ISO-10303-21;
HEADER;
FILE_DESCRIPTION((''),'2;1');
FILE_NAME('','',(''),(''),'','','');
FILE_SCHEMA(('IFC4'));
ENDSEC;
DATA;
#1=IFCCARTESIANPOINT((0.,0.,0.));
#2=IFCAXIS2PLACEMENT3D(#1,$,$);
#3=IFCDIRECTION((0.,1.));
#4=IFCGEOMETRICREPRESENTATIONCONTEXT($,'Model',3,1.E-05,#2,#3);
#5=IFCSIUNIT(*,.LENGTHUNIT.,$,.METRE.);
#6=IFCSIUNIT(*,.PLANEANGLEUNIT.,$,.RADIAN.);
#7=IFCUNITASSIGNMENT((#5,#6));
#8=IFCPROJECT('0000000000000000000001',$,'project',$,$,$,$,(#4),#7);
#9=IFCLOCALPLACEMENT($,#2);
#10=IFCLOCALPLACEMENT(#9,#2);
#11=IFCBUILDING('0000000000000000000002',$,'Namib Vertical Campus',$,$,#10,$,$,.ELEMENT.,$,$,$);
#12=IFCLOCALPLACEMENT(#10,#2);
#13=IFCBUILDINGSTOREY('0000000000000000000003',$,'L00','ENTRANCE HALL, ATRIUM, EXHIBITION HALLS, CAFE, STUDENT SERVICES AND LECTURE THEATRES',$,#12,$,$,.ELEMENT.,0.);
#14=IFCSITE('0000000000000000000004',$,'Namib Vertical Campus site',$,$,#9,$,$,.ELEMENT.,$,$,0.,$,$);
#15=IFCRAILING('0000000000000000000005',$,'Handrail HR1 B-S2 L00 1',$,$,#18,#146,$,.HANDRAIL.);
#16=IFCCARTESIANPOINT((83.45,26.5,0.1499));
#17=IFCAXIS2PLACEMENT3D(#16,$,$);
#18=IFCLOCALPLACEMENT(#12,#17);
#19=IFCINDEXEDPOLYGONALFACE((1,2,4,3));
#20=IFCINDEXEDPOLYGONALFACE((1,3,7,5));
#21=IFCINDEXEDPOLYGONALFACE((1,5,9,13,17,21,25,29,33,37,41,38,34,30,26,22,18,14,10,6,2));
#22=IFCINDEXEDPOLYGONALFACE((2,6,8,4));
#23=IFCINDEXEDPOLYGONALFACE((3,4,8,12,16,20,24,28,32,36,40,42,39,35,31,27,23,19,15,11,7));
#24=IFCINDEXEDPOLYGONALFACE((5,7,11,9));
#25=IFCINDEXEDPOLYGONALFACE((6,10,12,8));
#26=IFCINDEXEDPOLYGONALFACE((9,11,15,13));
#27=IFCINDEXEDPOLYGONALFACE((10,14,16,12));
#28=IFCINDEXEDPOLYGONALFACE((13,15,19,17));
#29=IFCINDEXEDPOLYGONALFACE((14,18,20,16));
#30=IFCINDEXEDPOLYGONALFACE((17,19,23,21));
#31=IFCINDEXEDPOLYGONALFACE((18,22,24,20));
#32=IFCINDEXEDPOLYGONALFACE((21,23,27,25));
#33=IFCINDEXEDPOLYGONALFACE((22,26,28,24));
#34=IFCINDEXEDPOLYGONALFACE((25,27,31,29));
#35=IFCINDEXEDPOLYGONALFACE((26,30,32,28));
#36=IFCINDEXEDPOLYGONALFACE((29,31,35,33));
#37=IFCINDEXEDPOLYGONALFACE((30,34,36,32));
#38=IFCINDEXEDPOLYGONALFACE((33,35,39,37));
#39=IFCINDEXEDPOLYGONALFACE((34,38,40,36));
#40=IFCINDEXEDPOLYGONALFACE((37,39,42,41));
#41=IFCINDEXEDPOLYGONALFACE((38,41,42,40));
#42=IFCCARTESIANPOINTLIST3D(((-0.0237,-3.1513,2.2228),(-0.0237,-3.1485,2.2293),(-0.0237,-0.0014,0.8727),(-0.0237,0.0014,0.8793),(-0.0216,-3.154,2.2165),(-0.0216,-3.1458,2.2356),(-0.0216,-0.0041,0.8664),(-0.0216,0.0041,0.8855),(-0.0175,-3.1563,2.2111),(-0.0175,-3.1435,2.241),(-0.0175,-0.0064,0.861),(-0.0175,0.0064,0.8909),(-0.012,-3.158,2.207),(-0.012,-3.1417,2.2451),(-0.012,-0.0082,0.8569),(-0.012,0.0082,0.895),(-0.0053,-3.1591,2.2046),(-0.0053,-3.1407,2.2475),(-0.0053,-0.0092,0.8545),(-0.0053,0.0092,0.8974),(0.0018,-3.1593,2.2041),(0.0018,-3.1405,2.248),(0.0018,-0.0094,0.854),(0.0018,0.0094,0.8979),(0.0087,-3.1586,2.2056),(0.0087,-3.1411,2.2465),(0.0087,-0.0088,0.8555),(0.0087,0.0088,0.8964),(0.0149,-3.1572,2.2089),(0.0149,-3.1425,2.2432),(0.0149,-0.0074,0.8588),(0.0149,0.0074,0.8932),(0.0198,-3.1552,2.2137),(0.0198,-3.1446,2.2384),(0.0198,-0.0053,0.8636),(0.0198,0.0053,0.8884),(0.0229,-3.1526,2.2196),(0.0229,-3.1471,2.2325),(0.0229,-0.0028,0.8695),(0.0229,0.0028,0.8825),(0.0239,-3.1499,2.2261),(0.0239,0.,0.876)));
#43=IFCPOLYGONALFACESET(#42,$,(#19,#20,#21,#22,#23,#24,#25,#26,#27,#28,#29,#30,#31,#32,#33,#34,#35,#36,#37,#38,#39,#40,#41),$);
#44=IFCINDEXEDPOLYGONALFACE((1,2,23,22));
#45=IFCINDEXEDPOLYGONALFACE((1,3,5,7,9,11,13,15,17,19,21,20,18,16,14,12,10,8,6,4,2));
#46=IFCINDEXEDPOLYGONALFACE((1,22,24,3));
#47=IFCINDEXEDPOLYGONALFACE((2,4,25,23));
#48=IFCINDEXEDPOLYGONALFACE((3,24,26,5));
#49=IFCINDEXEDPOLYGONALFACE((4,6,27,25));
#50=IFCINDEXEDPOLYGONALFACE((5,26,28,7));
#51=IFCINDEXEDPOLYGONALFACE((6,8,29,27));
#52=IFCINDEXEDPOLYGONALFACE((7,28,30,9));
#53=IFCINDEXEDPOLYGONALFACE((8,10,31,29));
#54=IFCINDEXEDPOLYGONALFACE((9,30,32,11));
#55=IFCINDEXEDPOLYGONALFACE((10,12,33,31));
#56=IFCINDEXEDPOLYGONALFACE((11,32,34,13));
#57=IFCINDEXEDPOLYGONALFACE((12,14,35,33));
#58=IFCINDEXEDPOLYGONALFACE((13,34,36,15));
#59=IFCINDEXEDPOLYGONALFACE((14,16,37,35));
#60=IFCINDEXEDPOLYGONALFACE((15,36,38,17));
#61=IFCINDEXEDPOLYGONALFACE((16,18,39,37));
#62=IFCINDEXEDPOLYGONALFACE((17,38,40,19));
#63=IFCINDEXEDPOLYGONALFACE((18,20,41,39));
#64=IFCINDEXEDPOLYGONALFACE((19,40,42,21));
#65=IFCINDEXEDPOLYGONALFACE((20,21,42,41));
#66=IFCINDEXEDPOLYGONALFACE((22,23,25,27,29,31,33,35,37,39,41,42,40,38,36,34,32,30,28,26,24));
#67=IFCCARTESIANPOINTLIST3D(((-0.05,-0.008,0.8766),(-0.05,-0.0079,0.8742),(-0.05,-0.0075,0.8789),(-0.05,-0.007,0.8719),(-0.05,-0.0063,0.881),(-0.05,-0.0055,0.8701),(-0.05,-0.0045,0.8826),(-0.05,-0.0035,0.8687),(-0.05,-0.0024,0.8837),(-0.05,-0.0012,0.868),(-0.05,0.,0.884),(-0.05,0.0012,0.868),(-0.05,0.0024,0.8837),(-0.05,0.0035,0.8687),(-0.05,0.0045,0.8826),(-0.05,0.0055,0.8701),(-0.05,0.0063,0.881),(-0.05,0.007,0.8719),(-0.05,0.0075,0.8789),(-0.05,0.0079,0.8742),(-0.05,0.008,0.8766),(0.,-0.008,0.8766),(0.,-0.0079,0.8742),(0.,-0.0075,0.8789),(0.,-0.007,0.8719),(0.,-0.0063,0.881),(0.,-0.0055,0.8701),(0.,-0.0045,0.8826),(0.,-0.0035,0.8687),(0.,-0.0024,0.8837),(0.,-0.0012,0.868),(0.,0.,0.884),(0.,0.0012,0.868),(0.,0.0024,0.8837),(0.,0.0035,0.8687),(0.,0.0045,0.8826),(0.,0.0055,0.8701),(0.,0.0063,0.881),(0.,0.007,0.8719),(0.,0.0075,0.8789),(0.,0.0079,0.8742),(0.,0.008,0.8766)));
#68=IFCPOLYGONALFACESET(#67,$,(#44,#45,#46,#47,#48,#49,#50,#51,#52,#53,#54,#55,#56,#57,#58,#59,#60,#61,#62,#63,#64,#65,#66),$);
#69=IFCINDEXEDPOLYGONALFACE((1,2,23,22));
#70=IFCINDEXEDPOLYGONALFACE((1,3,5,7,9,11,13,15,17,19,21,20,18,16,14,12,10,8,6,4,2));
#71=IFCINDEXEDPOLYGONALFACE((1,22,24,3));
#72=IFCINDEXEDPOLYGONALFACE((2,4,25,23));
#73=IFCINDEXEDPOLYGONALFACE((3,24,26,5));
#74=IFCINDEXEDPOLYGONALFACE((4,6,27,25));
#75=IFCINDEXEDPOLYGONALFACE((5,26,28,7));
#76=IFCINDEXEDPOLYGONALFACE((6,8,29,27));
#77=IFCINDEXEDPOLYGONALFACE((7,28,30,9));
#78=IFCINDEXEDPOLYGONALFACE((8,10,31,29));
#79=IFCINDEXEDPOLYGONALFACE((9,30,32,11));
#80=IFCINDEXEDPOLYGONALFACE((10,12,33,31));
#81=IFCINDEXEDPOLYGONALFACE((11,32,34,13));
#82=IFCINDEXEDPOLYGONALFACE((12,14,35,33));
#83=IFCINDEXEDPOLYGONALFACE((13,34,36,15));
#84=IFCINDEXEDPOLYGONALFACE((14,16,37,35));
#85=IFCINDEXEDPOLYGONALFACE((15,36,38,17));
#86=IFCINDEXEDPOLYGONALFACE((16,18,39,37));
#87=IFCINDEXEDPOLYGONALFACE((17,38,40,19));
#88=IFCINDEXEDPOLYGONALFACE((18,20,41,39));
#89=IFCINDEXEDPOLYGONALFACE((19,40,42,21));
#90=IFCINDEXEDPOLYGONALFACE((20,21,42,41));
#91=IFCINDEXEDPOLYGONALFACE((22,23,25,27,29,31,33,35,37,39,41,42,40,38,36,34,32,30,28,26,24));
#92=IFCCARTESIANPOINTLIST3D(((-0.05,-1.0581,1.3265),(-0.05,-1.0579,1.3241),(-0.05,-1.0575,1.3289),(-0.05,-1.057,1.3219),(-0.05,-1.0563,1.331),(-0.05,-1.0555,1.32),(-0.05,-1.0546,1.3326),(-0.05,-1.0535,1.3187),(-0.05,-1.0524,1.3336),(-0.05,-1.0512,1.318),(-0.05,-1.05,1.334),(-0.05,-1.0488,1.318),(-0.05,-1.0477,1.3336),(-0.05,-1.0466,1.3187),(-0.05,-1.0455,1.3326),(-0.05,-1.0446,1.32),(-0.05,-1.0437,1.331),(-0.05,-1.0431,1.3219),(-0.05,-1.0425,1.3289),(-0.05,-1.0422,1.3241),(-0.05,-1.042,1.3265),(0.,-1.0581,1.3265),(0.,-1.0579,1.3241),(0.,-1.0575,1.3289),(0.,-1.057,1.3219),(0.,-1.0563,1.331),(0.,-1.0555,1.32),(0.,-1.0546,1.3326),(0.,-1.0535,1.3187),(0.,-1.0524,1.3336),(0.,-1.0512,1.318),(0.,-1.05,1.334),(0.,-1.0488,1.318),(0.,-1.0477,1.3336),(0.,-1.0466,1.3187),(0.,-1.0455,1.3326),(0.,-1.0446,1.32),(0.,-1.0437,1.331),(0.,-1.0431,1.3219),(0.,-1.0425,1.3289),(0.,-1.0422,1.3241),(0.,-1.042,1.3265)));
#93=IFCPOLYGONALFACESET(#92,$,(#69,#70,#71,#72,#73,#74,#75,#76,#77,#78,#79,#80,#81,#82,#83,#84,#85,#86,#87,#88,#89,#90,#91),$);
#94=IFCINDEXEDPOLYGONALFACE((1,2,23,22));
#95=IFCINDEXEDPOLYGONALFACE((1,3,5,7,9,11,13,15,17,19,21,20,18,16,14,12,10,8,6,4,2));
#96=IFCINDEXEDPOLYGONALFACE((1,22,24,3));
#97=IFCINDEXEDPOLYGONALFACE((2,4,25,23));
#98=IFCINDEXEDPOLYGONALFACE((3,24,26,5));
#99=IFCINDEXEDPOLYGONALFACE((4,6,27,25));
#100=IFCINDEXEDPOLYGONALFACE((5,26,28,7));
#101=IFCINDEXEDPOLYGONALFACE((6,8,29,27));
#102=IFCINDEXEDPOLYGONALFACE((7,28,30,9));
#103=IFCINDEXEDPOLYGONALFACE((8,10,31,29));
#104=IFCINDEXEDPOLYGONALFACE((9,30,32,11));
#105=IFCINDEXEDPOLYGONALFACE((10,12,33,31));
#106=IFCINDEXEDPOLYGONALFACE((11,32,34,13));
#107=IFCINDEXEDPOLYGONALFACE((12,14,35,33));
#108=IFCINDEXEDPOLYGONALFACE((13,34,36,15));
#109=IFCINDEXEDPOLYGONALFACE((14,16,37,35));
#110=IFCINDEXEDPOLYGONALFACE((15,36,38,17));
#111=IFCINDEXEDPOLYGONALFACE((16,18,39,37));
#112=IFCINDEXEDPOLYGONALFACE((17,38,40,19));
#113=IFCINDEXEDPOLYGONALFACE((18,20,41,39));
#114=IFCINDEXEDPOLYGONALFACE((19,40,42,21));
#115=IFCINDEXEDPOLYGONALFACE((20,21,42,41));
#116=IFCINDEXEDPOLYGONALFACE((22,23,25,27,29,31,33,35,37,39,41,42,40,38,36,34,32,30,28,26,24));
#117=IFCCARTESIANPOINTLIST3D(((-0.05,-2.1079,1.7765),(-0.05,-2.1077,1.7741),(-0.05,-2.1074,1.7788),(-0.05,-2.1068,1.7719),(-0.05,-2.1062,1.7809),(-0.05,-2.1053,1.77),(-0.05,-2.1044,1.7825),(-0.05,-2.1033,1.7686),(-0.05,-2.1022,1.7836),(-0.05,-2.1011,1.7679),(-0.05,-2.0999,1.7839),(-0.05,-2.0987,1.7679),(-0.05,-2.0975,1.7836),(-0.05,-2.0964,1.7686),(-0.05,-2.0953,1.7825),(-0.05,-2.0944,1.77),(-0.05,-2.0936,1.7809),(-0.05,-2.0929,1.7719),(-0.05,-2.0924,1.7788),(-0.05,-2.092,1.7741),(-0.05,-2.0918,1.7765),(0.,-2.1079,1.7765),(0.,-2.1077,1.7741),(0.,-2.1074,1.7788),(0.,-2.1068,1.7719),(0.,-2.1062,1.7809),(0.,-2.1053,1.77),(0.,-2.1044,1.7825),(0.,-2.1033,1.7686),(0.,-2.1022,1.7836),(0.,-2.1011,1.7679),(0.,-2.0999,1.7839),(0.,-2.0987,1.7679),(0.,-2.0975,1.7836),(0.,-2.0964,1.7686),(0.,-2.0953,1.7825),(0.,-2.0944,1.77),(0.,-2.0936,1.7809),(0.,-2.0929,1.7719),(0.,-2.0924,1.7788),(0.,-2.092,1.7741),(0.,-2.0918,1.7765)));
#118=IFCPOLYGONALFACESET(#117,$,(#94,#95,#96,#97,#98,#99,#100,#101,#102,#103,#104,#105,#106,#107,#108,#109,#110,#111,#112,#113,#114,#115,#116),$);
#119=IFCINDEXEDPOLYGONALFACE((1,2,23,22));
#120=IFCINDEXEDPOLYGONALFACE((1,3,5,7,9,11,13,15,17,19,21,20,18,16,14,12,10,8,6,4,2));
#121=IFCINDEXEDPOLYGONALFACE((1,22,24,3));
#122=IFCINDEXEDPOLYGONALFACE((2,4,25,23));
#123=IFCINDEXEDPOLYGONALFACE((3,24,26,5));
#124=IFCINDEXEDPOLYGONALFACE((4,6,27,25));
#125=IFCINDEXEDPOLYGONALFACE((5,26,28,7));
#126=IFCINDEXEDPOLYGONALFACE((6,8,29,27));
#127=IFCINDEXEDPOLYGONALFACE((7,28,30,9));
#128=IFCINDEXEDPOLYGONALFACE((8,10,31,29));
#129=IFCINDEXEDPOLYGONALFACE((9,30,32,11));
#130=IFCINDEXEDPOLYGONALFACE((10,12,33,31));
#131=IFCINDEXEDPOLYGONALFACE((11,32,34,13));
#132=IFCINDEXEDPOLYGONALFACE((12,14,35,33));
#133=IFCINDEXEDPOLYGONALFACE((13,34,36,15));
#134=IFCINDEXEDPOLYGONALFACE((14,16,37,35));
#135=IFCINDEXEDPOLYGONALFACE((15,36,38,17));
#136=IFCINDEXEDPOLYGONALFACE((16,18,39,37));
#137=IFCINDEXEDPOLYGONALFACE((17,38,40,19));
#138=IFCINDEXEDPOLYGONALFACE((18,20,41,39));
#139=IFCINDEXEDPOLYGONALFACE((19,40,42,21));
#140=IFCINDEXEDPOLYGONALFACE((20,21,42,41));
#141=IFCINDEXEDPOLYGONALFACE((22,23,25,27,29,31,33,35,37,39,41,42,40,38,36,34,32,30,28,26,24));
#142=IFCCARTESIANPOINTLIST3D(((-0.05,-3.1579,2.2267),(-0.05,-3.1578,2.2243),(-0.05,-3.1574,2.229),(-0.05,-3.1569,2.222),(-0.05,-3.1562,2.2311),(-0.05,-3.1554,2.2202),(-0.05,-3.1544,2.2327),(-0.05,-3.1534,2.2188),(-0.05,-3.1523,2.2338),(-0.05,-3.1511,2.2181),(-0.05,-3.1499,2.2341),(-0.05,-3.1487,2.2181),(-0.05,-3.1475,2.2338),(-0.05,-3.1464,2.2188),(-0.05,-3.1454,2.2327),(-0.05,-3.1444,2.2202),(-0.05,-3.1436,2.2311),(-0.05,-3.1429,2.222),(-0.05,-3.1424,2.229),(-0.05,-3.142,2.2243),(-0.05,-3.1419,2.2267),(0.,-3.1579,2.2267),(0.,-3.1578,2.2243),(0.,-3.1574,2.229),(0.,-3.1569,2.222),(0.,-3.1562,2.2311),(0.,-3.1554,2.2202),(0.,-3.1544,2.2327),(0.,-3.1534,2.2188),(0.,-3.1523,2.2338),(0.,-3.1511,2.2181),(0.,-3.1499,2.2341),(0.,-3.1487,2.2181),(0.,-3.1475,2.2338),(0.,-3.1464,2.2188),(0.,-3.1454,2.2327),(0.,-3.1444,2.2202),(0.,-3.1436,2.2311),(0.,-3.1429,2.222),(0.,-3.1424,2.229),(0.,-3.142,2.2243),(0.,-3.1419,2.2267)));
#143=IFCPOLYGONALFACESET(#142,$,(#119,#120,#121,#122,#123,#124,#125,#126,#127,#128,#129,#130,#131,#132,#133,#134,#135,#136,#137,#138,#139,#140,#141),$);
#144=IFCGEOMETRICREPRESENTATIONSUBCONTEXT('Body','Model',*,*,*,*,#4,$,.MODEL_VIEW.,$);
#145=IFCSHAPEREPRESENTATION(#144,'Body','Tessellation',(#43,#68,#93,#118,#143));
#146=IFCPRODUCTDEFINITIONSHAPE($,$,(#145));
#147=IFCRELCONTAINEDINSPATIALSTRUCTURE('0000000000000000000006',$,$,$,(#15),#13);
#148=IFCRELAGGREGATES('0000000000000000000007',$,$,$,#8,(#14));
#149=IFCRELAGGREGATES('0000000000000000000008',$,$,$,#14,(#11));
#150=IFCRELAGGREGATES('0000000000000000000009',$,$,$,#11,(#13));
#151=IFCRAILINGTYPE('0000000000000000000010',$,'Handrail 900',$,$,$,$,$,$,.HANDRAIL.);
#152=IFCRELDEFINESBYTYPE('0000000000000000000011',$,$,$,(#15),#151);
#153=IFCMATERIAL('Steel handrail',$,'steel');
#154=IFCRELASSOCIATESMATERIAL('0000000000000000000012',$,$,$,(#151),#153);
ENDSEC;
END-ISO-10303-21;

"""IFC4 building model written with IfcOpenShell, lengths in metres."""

from ifc_helpers import new_model, si_unit, direction, frame, origin, origin_2d, place, context, subcontext, project, spatial, circle, extrude, material, type_object, element, save


model = new_model("IFC4")

# Units and contexts
model_context = context("Model", 3, precision=1e-05, world=origin(), true_north=direction((0.0, 1.0)))
body_context = subcontext(model_context, "Body", "Model", "MODEL_VIEW")
ifc_project = project(units=[si_unit("LENGTHUNIT", "METRE"), si_unit("PLANEANGLEUNIT", "RADIAN")], contexts=[model_context])

# Site, building, storey
site_placement = place(None, origin())
site = spatial("IfcSite", under=ifc_project, at=site_placement, Name="Namib Vertical Campus site", CompositionType="ELEMENT", RefElevation=0.0)
building_placement = place(site_placement, origin())
building = spatial("IfcBuilding", under=site, at=building_placement, Name="Namib Vertical Campus", CompositionType="ELEMENT")
storey_placement = place(building_placement, origin())
storey = spatial("IfcBuildingStorey", under=building, at=storey_placement, Name="L00", Description="ENTRANCE HALL, ATRIUM, EXHIBITION HALLS, CAFE, STUDENT SERVICES AND LECTURE THEATRES", CompositionType="ELEMENT", Elevation=0.0)

# Railing
ifc_material_1 = material(Name="Steel handrail", Category="steel")
railing_type_1 = type_object("IfcRailingType", Name="Handrail 900", PredefinedType="HANDRAIL", material=ifc_material_1)
railing_1_placement = place(storey_placement, frame((83.45, 26.5, 0.1499)))
element("IfcRailing", 1, at=railing_1_placement, inside=storey, type_object=railing_type_1, Name="Handrail HR1 B-S2 L00 1", PredefinedType="HANDRAIL", context=body_context, shape_type="SweptSolid", body=[
    extrude(circle(Radius=0.0239, at=origin_2d()), frame((0.0, 0.0, 0.876), z_axis=(0.0, -0.91913, 0.393954), x_axis=(1.0, 0.0, 0.0)), (0.0, 0.0, 1.0), 3.427),
    extrude(circle(Radius=0.0081, at=origin_2d()), frame((0.0, 0.0, 0.876), z_axis=(-1.0, 0.0, 0.0), x_axis=(0.0, 0.0, 1.0)), (0.0, 0.0, 1.0), 0.05),
    extrude(circle(Radius=0.0081, at=origin_2d()), frame((0.0, -1.05, 1.3259), z_axis=(-1.0, 0.0, 0.0), x_axis=(0.0, 0.0, 1.0)), (0.0, 0.0, 1.0), 0.05),
    extrude(circle(Radius=0.0081, at=origin_2d()), frame((0.0, -2.0999, 1.7759), z_axis=(-1.0, 0.0, 0.0), x_axis=(0.0, 0.0, 1.0)), (0.0, 0.0, 1.0), 0.05),
    extrude(circle(Radius=0.0081, at=origin_2d()), frame((0.0, -3.1499, 2.2261), z_axis=(-1.0, 0.0, 0.0), x_axis=(0.0, 0.0, 1.0)), (0.0, 0.0, 1.0), 0.05),
])

save(model, "model.ifc")
